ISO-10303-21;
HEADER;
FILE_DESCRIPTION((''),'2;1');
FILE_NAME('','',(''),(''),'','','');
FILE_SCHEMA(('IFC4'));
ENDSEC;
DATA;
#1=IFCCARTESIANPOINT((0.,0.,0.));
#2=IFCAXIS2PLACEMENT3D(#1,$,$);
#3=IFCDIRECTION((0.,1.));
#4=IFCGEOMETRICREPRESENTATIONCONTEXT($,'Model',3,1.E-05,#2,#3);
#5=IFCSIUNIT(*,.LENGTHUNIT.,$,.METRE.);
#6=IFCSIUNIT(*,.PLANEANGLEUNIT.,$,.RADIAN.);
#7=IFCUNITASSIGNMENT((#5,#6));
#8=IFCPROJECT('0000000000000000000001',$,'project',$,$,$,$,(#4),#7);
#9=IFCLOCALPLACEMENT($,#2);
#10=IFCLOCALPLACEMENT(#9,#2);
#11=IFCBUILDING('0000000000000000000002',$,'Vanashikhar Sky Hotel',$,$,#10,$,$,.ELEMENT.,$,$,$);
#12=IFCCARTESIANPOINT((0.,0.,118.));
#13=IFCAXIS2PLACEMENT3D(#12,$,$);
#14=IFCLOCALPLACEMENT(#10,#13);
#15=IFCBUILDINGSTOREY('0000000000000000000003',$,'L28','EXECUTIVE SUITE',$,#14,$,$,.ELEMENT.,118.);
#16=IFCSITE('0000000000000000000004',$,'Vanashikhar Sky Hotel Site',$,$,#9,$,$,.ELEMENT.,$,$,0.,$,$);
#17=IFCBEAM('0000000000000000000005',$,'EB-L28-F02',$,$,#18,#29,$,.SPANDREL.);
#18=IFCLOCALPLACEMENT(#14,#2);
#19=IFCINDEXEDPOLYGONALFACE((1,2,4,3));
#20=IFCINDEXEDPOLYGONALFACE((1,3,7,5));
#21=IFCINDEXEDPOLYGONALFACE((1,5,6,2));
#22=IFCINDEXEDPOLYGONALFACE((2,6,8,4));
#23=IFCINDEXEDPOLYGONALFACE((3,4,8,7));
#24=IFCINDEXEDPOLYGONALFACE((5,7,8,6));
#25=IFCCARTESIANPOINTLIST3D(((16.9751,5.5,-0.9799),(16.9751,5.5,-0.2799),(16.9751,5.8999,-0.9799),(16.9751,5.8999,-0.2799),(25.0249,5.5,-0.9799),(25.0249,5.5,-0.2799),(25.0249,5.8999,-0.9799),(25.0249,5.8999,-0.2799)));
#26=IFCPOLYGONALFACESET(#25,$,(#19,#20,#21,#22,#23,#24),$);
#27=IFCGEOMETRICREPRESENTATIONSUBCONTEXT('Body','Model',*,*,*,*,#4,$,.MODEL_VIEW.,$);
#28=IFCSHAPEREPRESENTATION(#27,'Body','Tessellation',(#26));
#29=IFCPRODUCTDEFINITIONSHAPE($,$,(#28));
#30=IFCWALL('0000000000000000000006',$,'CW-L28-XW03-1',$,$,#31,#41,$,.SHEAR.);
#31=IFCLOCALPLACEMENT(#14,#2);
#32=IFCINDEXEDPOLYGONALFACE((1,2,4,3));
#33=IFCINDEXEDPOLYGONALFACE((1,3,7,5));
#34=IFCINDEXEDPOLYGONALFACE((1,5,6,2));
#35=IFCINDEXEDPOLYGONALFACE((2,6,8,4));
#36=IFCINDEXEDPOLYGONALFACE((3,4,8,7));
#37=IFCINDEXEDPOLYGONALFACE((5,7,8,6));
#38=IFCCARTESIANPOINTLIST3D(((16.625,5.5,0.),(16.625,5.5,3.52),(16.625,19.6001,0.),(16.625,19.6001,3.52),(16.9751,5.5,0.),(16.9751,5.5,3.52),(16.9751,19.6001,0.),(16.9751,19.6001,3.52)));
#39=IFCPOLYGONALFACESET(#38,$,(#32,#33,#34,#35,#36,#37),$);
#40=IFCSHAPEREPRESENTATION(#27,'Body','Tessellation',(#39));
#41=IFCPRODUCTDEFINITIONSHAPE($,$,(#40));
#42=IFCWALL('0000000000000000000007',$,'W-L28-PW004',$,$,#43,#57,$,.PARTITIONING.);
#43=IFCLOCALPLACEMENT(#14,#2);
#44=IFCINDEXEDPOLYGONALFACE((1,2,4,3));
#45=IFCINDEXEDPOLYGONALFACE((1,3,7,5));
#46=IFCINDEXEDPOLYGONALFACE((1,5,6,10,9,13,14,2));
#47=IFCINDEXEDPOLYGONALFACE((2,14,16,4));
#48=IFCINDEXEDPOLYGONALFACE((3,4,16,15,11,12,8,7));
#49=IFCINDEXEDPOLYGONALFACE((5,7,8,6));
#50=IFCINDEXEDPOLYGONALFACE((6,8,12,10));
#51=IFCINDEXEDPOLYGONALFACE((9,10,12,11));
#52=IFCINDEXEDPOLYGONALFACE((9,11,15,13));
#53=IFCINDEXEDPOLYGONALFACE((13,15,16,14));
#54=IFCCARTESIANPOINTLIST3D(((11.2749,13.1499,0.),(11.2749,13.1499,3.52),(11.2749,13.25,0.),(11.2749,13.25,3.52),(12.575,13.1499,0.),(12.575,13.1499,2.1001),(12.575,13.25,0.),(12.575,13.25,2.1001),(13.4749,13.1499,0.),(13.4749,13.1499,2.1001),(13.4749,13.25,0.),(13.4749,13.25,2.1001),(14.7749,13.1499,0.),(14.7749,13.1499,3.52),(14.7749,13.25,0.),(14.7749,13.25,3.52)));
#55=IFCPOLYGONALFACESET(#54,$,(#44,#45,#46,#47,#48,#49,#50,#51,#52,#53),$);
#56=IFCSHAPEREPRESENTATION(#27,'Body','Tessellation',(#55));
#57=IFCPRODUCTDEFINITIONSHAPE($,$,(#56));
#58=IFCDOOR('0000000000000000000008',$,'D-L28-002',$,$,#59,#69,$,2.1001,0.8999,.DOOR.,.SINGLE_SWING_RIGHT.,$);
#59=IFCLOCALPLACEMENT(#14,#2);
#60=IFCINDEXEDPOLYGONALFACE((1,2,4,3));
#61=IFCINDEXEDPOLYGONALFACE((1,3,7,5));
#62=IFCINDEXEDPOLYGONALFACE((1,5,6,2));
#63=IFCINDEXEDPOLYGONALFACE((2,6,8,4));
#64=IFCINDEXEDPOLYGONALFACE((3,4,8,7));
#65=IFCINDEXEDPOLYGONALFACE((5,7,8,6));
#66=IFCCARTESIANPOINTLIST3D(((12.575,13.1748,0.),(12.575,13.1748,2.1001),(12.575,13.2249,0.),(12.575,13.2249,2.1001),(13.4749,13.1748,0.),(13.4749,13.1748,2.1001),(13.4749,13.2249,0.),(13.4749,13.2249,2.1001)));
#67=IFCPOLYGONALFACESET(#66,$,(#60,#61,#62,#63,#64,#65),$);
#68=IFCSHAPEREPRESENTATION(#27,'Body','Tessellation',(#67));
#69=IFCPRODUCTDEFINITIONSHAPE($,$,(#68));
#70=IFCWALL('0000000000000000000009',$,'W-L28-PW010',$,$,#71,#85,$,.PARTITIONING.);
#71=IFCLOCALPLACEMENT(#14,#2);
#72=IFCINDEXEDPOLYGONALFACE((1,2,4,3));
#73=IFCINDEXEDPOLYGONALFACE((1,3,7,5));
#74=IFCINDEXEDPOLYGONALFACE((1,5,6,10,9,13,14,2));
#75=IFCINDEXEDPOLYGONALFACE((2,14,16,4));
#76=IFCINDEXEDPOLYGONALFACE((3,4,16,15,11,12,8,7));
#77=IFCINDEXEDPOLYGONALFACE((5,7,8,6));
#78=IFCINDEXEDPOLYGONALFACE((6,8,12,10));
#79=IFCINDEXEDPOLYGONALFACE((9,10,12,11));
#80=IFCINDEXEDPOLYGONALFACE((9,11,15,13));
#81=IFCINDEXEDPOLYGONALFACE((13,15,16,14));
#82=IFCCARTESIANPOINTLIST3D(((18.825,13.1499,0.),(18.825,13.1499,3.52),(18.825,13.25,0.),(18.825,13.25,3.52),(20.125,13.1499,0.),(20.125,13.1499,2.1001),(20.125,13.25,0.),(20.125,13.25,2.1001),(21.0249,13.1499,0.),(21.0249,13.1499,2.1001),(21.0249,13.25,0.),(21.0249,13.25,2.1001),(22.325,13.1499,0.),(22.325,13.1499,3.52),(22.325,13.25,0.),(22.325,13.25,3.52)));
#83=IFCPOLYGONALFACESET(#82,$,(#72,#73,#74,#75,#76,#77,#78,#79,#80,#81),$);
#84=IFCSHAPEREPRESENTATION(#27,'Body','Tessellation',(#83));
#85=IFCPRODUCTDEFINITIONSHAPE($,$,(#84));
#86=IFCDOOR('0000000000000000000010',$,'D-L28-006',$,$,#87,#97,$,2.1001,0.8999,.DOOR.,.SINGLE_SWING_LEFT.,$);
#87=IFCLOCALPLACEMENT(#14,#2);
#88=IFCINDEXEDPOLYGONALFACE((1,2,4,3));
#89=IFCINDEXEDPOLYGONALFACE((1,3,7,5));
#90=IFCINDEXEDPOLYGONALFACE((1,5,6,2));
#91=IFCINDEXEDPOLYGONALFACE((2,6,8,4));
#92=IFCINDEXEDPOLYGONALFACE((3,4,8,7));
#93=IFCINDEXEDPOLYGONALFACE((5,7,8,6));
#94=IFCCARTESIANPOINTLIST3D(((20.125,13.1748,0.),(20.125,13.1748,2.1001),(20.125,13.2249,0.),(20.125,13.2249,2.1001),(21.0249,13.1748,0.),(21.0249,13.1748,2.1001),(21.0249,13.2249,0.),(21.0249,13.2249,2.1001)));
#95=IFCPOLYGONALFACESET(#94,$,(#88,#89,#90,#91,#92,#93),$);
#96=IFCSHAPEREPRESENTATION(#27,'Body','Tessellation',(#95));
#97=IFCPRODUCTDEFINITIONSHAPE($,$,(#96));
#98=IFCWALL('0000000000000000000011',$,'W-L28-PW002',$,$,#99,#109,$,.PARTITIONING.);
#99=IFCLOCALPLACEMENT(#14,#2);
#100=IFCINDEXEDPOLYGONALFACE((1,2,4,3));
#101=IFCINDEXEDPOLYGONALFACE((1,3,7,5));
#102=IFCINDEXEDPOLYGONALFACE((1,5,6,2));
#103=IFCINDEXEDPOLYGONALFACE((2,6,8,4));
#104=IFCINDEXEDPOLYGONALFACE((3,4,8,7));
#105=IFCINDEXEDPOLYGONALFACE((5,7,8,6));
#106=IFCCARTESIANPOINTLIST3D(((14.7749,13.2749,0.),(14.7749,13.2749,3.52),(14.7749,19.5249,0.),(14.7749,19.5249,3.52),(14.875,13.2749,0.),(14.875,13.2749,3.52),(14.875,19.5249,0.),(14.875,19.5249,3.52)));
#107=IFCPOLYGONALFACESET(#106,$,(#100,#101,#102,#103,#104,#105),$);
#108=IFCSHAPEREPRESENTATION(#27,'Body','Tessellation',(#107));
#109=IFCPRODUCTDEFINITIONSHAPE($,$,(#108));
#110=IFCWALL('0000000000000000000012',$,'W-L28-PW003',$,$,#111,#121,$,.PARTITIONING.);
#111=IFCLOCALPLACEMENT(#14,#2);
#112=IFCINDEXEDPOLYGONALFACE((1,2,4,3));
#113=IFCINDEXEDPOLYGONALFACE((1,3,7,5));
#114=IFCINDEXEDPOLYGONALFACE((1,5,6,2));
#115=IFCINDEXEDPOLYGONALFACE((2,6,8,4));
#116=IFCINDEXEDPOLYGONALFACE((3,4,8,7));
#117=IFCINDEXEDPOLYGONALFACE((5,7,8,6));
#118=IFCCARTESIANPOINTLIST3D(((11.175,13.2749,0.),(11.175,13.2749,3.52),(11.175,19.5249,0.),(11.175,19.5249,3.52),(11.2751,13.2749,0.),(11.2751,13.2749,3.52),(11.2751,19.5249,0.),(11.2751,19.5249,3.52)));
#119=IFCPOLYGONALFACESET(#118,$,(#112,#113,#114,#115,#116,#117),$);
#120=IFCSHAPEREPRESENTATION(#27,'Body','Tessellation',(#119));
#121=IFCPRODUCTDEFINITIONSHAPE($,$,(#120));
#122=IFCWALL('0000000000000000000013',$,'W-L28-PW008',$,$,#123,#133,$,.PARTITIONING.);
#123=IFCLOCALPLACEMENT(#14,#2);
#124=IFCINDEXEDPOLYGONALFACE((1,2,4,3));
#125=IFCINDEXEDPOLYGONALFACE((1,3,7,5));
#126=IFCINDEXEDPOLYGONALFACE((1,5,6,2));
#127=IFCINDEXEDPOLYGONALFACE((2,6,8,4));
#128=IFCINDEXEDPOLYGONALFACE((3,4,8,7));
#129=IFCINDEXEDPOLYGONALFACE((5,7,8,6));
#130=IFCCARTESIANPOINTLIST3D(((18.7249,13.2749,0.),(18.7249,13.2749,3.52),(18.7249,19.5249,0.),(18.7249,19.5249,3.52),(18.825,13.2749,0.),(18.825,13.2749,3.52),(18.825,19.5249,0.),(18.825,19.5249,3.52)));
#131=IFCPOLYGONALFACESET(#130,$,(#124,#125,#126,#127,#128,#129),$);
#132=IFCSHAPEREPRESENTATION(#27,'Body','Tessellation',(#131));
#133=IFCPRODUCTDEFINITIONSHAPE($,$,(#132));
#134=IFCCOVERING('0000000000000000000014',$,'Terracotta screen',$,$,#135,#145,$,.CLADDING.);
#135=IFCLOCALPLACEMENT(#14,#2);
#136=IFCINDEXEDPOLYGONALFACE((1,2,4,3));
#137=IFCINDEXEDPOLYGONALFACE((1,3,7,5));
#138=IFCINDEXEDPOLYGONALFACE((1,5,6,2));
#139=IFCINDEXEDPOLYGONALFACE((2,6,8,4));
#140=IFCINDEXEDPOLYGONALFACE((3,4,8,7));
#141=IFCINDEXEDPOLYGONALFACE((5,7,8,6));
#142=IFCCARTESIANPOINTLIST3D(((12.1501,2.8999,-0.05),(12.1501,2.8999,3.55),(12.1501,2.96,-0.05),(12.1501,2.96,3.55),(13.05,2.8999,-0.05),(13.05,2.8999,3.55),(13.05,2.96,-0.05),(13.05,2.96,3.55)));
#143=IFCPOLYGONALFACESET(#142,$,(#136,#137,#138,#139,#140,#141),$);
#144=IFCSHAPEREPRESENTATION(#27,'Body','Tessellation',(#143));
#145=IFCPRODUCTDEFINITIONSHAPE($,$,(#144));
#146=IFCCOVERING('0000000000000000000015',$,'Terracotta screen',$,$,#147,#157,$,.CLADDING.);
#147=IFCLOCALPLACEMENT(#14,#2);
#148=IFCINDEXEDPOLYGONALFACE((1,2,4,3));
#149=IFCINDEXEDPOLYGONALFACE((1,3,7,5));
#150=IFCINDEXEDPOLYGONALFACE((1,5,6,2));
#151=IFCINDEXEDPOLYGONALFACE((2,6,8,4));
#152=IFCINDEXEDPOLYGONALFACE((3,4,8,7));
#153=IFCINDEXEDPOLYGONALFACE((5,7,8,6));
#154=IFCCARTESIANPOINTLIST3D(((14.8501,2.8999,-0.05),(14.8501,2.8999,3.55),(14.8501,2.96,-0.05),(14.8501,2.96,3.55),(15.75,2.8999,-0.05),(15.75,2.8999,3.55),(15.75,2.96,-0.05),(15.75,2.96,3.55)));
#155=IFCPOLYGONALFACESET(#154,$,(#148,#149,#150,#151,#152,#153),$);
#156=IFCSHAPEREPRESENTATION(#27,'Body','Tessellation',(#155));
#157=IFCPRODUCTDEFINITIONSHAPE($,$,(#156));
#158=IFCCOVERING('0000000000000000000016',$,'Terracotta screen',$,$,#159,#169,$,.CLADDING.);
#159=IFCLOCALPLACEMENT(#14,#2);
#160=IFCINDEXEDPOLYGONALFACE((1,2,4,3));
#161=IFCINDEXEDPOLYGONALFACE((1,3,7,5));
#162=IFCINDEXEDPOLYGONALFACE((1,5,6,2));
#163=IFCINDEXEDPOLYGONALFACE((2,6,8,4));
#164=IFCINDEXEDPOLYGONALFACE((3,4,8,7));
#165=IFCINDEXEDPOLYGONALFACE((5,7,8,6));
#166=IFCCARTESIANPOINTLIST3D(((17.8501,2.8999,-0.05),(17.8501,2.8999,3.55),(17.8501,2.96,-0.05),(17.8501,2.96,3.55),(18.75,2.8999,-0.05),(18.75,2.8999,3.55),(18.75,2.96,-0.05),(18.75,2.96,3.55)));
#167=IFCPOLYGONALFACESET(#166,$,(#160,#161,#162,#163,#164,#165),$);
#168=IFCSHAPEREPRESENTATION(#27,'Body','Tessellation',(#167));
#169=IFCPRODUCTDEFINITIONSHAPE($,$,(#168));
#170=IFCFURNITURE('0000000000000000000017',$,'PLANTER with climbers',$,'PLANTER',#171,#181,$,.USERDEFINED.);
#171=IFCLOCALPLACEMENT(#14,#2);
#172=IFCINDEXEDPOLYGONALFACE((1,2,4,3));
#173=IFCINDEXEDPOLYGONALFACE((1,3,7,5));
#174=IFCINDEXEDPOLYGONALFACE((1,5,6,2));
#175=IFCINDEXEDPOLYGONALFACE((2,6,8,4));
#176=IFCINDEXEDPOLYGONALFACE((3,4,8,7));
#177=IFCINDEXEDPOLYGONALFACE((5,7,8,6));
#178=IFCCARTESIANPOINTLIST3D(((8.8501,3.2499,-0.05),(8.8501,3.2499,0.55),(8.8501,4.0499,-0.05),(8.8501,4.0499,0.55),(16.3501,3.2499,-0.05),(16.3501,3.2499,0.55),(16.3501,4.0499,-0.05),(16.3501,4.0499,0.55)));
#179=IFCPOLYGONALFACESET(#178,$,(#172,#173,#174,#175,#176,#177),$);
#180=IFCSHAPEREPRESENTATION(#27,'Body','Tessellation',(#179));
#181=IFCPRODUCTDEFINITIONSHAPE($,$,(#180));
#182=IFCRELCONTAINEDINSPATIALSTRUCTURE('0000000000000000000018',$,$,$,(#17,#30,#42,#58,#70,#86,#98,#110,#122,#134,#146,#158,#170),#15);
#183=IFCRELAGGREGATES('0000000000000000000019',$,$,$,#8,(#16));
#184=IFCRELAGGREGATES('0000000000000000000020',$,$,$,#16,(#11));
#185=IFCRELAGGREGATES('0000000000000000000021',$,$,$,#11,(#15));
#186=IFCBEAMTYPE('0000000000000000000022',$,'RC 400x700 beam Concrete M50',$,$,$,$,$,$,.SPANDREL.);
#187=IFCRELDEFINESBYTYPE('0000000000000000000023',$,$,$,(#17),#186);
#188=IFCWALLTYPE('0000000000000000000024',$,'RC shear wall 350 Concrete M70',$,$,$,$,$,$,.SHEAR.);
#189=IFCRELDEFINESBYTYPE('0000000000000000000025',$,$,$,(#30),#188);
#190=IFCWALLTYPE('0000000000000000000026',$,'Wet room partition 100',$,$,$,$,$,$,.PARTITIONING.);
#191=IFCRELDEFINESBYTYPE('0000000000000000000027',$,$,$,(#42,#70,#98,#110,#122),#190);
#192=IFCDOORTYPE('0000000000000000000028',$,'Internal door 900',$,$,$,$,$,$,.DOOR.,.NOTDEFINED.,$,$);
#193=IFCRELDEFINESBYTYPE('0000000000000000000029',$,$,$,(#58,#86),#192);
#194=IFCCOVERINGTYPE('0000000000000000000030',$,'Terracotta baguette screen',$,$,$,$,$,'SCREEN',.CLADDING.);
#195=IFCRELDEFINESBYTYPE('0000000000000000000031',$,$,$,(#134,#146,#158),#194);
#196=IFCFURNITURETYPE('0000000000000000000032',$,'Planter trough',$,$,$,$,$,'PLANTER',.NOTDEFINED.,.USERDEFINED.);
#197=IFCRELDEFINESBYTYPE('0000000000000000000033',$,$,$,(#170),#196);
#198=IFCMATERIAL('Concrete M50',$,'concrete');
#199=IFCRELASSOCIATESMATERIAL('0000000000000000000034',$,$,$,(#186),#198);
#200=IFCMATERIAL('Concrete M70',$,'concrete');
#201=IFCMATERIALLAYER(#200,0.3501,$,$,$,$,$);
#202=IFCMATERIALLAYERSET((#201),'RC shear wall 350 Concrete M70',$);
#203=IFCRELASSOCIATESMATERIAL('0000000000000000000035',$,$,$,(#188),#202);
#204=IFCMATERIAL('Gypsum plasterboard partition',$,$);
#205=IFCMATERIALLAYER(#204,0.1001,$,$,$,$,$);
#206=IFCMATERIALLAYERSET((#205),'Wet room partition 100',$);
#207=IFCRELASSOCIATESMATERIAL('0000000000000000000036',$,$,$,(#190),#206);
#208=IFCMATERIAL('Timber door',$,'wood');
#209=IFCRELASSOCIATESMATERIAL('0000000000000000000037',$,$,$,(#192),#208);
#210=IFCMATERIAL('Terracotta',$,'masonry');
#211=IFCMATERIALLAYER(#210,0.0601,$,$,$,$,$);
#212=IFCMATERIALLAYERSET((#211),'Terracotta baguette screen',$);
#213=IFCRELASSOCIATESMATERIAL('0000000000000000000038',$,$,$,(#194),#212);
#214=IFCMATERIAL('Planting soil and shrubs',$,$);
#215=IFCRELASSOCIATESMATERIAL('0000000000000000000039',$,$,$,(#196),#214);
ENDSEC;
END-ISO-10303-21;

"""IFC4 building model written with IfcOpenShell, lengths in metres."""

from ifc_helpers import new_model, si_unit, direction, frame, frame_2d, origin, origin_2d, place, context, subcontext, project, spatial, rectangle, extrude, source, transform, mapped, material, layer, layer_set, material_profile, profile_set, type_object, element, fill, save


model = new_model("IFC4")

# Units and contexts
model_context = context("Model", 3, precision=1e-05, world=origin(), true_north=direction((0.0, 1.0)))
body_context = subcontext(model_context, "Body", "Model", "MODEL_VIEW")
ifc_project = project(units=[si_unit("LENGTHUNIT", "METRE"), si_unit("PLANEANGLEUNIT", "RADIAN")], contexts=[model_context])

# Site, building, storey
site_placement = place(None, origin())
site = spatial("IfcSite", under=ifc_project, at=site_placement, Name="Vanashikhar Sky Hotel Site", CompositionType="ELEMENT", RefElevation=0.0)
building_placement = place(site_placement, origin())
building = spatial("IfcBuilding", under=site, at=building_placement, Name="Vanashikhar Sky Hotel", CompositionType="ELEMENT")
storey_placement = place(building_placement, frame((0.0, 0.0, 118.0)))
storey = spatial("IfcBuildingStorey", under=building, at=storey_placement, Name="L28", Description="EXECUTIVE SUITE", CompositionType="ELEMENT", Elevation=118.0)

# Beam
ifc_material_1 = material(Name="Concrete M50", Category="concrete")
ifc_material_profile = material_profile(ifc_material_1, rectangle(XDim=0.3999, YDim=0.7, at=origin_2d()))
ifc_profile_set = profile_set([ifc_material_profile], Name="RC 400x700 beam Concrete M50")
beam_type = type_object("IfcBeamType", Name="RC 400x700 beam Concrete M50", PredefinedType="SPANDREL", material=ifc_profile_set)
shared_shape_1 = source(origin(), body_context, "Body", "SweptSolid", [
    extrude(rectangle(XDim=0.3999, YDim=0.7, at=origin_2d()), origin(), (0.0, 0.0, 1.0), 8.0498),
])
beam_placement = place(storey_placement, frame((16.9751, 5.7, -0.6299), z_axis=(1.0, 0.0, 0.0), x_axis=(0.0, 1.0, 0.0)))
element("IfcBeam", 1, at=beam_placement, inside=storey, type_object=beam_type, Name="EB-L28-F02", PredefinedType="SPANDREL", context=body_context, shape_type="MappedRepresentation", body=[
    mapped(shared_shape_1, transform((0.0, 0.0, 0.0), scale=1.0)),
])

# Wall
ifc_material_2 = material(Name="Concrete M70", Category="concrete")
ifc_layer_1 = layer(ifc_material_2, 0.3501)
ifc_layer_set_1 = layer_set([ifc_layer_1], Name="RC shear wall 350 Concrete M70")
wall_type_1 = type_object("IfcWallType", Name="RC shear wall 350 Concrete M70", PredefinedType="SHEAR", material=ifc_layer_set_1)
shared_shape_2 = source(origin(), body_context, "Body", "SweptSolid", [
    extrude(rectangle(XDim=14.1001, YDim=0.3501, at=frame_2d((7.05, 0.0))), origin(), (0.0, 0.0, 1.0), 3.52),
])
wall_1_placement = place(storey_placement, frame((16.8, 5.5, 0.0), z_axis=(0.0, 0.0, 1.0), x_axis=(0.0, 1.0, 0.0)))
element("IfcWall", 2, at=wall_1_placement, inside=storey, type_object=wall_type_1, Name="CW-L28-XW03-1", PredefinedType="SHEAR", context=body_context, shape_type="MappedRepresentation", body=[
    mapped(shared_shape_2, transform((0.0, 0.0, 0.0), scale=1.0)),
])

# Walls, openings, doors
ifc_material_3 = material(Name="Gypsum plasterboard partition")
ifc_layer_2 = layer(ifc_material_3, 0.1001)
ifc_layer_set_2 = layer_set([ifc_layer_2], Name="Wet room partition 100")
wall_type_2 = type_object("IfcWallType", Name="Wet room partition 100", PredefinedType="PARTITIONING", material=ifc_layer_set_2)
shared_shape_3 = source(origin(), body_context, "Body", "SweptSolid", [
    extrude(rectangle(XDim=3.5, YDim=0.1001, at=frame_2d((1.75, 0.0))), origin(), (0.0, 0.0, 1.0), 3.52),
])
wall_2_placement = place(storey_placement, frame((11.2749, 13.2, 0.0), z_axis=(0.0, 0.0, 1.0), x_axis=(1.0, 0.0, 0.0)))
wall_2 = element("IfcWall", 3, at=wall_2_placement, inside=storey, type_object=wall_type_2, Name="W-L28-PW004", PredefinedType="PARTITIONING", context=body_context, shape_type="MappedRepresentation", body=[
    mapped(shared_shape_3, transform((0.0, 0.0, 0.0), scale=1.0)),
])
shared_shape_4 = source(origin(), body_context, "Body", "SweptSolid", [
    extrude(rectangle(XDim=0.8999, YDim=2.1001, at=frame_2d((0.45, 1.05))), frame((0.0, 0.0601, 0.0), z_axis=(0.0, -1.0, 0.0), x_axis=(1.0, 0.0, 0.0)), (0.0, 0.0, 1.0), 0.1201),
])
opening_1_placement = place(wall_2_placement, frame((1.3, 0.0, 0.0)))
opening_1 = element("IfcOpeningElement", 4, at=opening_1_placement, cuts=wall_2, PredefinedType="OPENING", context=body_context, shape_type="MappedRepresentation", body=[
    mapped(shared_shape_4, transform((0.0, 0.0, 0.0), scale=1.0)),
])
ifc_material_4 = material(Name="Timber door", Category="wood")
door_type_1 = type_object("IfcDoorType", Name="Internal door 900", OperationType="NOTDEFINED", PredefinedType="DOOR", material=ifc_material_4)
shared_shape_5 = source(origin(), body_context, "Body", "SweptSolid", [
    extrude(rectangle(XDim=0.8999, YDim=2.1001, at=frame_2d((0.45, 1.05))), frame((0.0, 0.0249, 0.0), z_axis=(0.0, -1.0, 0.0), x_axis=(1.0, 0.0, 0.0)), (0.0, 0.0, 1.0), 0.05),
])
door_1_placement = place(opening_1_placement, origin())
door_1 = element("IfcDoor", 5, at=door_1_placement, inside=storey, type_object=door_type_1, Name="D-L28-002", OperationType="SINGLE_SWING_RIGHT", OverallHeight=2.1001, OverallWidth=0.8999, PredefinedType="DOOR", context=body_context, shape_type="MappedRepresentation", body=[
    mapped(shared_shape_5, transform((0.0, 0.0, 0.0), scale=1.0)),
])
fill(opening_1, door_1)
wall_3_placement = place(storey_placement, frame((18.825, 13.2, 0.0), z_axis=(0.0, 0.0, 1.0), x_axis=(1.0, 0.0, 0.0)))
wall_3 = element("IfcWall", 6, at=wall_3_placement, inside=storey, type_object=wall_type_2, Name="W-L28-PW010", PredefinedType="PARTITIONING", context=body_context, shape_type="MappedRepresentation", body=[
    mapped(shared_shape_3, transform((0.0, 0.0, 0.0), scale=1.0)),
])
opening_2_placement = place(wall_3_placement, frame((1.3, 0.0, 0.0)))
opening_2 = element("IfcOpeningElement", 7, at=opening_2_placement, cuts=wall_3, PredefinedType="OPENING", context=body_context, shape_type="MappedRepresentation", body=[
    mapped(shared_shape_4, transform((0.0, 0.0, 0.0), scale=1.0)),
])
door_2_placement = place(opening_2_placement, origin())
door_2 = element("IfcDoor", 8, at=door_2_placement, inside=storey, type_object=door_type_1, Name="D-L28-006", OperationType="SINGLE_SWING_LEFT", OverallHeight=2.1001, OverallWidth=0.8999, PredefinedType="DOOR", context=body_context, shape_type="MappedRepresentation", body=[
    mapped(shared_shape_5, transform((0.0, 0.0, 0.0), scale=1.0)),
])
fill(opening_2, door_2)

# Walls
shared_shape_6 = source(origin(), body_context, "Body", "SweptSolid", [
    extrude(rectangle(XDim=6.25, YDim=0.1001, at=frame_2d((3.125, 0.0))), origin(), (0.0, 0.0, 1.0), 3.52),
])
for number, where, z_axis, x_axis, name in (
    (9, (14.825, 13.2749, 0.0), (0.0, 0.0, 1.0), (0.0, 1.0, 0.0), "W-L28-PW002"),
    (10, (11.2251, 13.2749, 0.0), (0.0, 0.0, 1.0), (0.0, 1.0, 0.0), "W-L28-PW003"),
    (11, (18.7749, 13.2749, 0.0), (0.0, 0.0, 1.0), (0.0, 1.0, 0.0), "W-L28-PW008"),
):
    element("IfcWall", number, at=place(storey_placement, frame(where, z_axis=z_axis, x_axis=x_axis)), inside=storey, type_object=wall_type_2, Name=name, PredefinedType="PARTITIONING", context=body_context, shape_type="MappedRepresentation", body=[
        mapped(shared_shape_6, transform((0.0, 0.0, 0.0), scale=1.0)),
    ])

# Coverings
ifc_material_5 = material(Name="Terracotta", Category="masonry")
ifc_layer_3 = layer(ifc_material_5, 0.0601)
ifc_layer_set_3 = layer_set([ifc_layer_3], Name="Terracotta baguette screen")
covering_type = type_object("IfcCoveringType", Name="Terracotta baguette screen", ElementType="SCREEN", PredefinedType="CLADDING", material=ifc_layer_set_3)
shared_shape_7 = source(origin(), body_context, "Body", "SweptSolid", [
    extrude(rectangle(XDim=0.8999, YDim=0.0601, at=origin_2d()), origin(), (0.0, 0.0, 1.0), 3.6001),
])
for number, where, z_axis, x_axis, name in (
    (12, (12.6001, 2.9299, -0.05), (0.0, 0.0, 1.0), (1.0, 0.0, 0.0), "Terracotta screen"),
    (13, (15.3, 2.9299, -0.05), (0.0, 0.0, 1.0), (1.0, 0.0, 0.0), "Terracotta screen"),
    (14, (18.3, 2.9299, -0.05), (0.0, 0.0, 1.0), (1.0, 0.0, 0.0), "Terracotta screen"),
):
    element("IfcCovering", number, at=place(storey_placement, frame(where, z_axis=z_axis, x_axis=x_axis)), inside=storey, type_object=covering_type, Name=name, PredefinedType="CLADDING", context=body_context, shape_type="MappedRepresentation", body=[
        mapped(shared_shape_7, transform((0.0, 0.0, 0.0), scale=1.0)),
    ])

# Furniture
ifc_material_6 = material(Name="Planting soil and shrubs")
furniture_type = type_object("IfcFurnitureType", Name="Planter trough", ElementType="PLANTER", AssemblyPlace="NOTDEFINED", PredefinedType="USERDEFINED", material=ifc_material_6)
shared_shape_8 = source(origin(), body_context, "Body", "SweptSolid", [
    extrude(rectangle(XDim=7.5, YDim=0.8, at=origin_2d()), origin(), (0.0, 0.0, 1.0), 0.6001),
])
furniture_placement = place(storey_placement, frame((12.6001, 3.6499, -0.05), z_axis=(0.0, 0.0, 1.0), x_axis=(1.0, 0.0, 0.0)))
element("IfcFurniture", 15, at=furniture_placement, inside=storey, type_object=furniture_type, Name="PLANTER with climbers", ObjectType="PLANTER", PredefinedType="USERDEFINED", context=body_context, shape_type="MappedRepresentation", body=[
    mapped(shared_shape_8, transform((0.0, 0.0, 0.0), scale=1.0)),
])

save(model, "model.ifc")
